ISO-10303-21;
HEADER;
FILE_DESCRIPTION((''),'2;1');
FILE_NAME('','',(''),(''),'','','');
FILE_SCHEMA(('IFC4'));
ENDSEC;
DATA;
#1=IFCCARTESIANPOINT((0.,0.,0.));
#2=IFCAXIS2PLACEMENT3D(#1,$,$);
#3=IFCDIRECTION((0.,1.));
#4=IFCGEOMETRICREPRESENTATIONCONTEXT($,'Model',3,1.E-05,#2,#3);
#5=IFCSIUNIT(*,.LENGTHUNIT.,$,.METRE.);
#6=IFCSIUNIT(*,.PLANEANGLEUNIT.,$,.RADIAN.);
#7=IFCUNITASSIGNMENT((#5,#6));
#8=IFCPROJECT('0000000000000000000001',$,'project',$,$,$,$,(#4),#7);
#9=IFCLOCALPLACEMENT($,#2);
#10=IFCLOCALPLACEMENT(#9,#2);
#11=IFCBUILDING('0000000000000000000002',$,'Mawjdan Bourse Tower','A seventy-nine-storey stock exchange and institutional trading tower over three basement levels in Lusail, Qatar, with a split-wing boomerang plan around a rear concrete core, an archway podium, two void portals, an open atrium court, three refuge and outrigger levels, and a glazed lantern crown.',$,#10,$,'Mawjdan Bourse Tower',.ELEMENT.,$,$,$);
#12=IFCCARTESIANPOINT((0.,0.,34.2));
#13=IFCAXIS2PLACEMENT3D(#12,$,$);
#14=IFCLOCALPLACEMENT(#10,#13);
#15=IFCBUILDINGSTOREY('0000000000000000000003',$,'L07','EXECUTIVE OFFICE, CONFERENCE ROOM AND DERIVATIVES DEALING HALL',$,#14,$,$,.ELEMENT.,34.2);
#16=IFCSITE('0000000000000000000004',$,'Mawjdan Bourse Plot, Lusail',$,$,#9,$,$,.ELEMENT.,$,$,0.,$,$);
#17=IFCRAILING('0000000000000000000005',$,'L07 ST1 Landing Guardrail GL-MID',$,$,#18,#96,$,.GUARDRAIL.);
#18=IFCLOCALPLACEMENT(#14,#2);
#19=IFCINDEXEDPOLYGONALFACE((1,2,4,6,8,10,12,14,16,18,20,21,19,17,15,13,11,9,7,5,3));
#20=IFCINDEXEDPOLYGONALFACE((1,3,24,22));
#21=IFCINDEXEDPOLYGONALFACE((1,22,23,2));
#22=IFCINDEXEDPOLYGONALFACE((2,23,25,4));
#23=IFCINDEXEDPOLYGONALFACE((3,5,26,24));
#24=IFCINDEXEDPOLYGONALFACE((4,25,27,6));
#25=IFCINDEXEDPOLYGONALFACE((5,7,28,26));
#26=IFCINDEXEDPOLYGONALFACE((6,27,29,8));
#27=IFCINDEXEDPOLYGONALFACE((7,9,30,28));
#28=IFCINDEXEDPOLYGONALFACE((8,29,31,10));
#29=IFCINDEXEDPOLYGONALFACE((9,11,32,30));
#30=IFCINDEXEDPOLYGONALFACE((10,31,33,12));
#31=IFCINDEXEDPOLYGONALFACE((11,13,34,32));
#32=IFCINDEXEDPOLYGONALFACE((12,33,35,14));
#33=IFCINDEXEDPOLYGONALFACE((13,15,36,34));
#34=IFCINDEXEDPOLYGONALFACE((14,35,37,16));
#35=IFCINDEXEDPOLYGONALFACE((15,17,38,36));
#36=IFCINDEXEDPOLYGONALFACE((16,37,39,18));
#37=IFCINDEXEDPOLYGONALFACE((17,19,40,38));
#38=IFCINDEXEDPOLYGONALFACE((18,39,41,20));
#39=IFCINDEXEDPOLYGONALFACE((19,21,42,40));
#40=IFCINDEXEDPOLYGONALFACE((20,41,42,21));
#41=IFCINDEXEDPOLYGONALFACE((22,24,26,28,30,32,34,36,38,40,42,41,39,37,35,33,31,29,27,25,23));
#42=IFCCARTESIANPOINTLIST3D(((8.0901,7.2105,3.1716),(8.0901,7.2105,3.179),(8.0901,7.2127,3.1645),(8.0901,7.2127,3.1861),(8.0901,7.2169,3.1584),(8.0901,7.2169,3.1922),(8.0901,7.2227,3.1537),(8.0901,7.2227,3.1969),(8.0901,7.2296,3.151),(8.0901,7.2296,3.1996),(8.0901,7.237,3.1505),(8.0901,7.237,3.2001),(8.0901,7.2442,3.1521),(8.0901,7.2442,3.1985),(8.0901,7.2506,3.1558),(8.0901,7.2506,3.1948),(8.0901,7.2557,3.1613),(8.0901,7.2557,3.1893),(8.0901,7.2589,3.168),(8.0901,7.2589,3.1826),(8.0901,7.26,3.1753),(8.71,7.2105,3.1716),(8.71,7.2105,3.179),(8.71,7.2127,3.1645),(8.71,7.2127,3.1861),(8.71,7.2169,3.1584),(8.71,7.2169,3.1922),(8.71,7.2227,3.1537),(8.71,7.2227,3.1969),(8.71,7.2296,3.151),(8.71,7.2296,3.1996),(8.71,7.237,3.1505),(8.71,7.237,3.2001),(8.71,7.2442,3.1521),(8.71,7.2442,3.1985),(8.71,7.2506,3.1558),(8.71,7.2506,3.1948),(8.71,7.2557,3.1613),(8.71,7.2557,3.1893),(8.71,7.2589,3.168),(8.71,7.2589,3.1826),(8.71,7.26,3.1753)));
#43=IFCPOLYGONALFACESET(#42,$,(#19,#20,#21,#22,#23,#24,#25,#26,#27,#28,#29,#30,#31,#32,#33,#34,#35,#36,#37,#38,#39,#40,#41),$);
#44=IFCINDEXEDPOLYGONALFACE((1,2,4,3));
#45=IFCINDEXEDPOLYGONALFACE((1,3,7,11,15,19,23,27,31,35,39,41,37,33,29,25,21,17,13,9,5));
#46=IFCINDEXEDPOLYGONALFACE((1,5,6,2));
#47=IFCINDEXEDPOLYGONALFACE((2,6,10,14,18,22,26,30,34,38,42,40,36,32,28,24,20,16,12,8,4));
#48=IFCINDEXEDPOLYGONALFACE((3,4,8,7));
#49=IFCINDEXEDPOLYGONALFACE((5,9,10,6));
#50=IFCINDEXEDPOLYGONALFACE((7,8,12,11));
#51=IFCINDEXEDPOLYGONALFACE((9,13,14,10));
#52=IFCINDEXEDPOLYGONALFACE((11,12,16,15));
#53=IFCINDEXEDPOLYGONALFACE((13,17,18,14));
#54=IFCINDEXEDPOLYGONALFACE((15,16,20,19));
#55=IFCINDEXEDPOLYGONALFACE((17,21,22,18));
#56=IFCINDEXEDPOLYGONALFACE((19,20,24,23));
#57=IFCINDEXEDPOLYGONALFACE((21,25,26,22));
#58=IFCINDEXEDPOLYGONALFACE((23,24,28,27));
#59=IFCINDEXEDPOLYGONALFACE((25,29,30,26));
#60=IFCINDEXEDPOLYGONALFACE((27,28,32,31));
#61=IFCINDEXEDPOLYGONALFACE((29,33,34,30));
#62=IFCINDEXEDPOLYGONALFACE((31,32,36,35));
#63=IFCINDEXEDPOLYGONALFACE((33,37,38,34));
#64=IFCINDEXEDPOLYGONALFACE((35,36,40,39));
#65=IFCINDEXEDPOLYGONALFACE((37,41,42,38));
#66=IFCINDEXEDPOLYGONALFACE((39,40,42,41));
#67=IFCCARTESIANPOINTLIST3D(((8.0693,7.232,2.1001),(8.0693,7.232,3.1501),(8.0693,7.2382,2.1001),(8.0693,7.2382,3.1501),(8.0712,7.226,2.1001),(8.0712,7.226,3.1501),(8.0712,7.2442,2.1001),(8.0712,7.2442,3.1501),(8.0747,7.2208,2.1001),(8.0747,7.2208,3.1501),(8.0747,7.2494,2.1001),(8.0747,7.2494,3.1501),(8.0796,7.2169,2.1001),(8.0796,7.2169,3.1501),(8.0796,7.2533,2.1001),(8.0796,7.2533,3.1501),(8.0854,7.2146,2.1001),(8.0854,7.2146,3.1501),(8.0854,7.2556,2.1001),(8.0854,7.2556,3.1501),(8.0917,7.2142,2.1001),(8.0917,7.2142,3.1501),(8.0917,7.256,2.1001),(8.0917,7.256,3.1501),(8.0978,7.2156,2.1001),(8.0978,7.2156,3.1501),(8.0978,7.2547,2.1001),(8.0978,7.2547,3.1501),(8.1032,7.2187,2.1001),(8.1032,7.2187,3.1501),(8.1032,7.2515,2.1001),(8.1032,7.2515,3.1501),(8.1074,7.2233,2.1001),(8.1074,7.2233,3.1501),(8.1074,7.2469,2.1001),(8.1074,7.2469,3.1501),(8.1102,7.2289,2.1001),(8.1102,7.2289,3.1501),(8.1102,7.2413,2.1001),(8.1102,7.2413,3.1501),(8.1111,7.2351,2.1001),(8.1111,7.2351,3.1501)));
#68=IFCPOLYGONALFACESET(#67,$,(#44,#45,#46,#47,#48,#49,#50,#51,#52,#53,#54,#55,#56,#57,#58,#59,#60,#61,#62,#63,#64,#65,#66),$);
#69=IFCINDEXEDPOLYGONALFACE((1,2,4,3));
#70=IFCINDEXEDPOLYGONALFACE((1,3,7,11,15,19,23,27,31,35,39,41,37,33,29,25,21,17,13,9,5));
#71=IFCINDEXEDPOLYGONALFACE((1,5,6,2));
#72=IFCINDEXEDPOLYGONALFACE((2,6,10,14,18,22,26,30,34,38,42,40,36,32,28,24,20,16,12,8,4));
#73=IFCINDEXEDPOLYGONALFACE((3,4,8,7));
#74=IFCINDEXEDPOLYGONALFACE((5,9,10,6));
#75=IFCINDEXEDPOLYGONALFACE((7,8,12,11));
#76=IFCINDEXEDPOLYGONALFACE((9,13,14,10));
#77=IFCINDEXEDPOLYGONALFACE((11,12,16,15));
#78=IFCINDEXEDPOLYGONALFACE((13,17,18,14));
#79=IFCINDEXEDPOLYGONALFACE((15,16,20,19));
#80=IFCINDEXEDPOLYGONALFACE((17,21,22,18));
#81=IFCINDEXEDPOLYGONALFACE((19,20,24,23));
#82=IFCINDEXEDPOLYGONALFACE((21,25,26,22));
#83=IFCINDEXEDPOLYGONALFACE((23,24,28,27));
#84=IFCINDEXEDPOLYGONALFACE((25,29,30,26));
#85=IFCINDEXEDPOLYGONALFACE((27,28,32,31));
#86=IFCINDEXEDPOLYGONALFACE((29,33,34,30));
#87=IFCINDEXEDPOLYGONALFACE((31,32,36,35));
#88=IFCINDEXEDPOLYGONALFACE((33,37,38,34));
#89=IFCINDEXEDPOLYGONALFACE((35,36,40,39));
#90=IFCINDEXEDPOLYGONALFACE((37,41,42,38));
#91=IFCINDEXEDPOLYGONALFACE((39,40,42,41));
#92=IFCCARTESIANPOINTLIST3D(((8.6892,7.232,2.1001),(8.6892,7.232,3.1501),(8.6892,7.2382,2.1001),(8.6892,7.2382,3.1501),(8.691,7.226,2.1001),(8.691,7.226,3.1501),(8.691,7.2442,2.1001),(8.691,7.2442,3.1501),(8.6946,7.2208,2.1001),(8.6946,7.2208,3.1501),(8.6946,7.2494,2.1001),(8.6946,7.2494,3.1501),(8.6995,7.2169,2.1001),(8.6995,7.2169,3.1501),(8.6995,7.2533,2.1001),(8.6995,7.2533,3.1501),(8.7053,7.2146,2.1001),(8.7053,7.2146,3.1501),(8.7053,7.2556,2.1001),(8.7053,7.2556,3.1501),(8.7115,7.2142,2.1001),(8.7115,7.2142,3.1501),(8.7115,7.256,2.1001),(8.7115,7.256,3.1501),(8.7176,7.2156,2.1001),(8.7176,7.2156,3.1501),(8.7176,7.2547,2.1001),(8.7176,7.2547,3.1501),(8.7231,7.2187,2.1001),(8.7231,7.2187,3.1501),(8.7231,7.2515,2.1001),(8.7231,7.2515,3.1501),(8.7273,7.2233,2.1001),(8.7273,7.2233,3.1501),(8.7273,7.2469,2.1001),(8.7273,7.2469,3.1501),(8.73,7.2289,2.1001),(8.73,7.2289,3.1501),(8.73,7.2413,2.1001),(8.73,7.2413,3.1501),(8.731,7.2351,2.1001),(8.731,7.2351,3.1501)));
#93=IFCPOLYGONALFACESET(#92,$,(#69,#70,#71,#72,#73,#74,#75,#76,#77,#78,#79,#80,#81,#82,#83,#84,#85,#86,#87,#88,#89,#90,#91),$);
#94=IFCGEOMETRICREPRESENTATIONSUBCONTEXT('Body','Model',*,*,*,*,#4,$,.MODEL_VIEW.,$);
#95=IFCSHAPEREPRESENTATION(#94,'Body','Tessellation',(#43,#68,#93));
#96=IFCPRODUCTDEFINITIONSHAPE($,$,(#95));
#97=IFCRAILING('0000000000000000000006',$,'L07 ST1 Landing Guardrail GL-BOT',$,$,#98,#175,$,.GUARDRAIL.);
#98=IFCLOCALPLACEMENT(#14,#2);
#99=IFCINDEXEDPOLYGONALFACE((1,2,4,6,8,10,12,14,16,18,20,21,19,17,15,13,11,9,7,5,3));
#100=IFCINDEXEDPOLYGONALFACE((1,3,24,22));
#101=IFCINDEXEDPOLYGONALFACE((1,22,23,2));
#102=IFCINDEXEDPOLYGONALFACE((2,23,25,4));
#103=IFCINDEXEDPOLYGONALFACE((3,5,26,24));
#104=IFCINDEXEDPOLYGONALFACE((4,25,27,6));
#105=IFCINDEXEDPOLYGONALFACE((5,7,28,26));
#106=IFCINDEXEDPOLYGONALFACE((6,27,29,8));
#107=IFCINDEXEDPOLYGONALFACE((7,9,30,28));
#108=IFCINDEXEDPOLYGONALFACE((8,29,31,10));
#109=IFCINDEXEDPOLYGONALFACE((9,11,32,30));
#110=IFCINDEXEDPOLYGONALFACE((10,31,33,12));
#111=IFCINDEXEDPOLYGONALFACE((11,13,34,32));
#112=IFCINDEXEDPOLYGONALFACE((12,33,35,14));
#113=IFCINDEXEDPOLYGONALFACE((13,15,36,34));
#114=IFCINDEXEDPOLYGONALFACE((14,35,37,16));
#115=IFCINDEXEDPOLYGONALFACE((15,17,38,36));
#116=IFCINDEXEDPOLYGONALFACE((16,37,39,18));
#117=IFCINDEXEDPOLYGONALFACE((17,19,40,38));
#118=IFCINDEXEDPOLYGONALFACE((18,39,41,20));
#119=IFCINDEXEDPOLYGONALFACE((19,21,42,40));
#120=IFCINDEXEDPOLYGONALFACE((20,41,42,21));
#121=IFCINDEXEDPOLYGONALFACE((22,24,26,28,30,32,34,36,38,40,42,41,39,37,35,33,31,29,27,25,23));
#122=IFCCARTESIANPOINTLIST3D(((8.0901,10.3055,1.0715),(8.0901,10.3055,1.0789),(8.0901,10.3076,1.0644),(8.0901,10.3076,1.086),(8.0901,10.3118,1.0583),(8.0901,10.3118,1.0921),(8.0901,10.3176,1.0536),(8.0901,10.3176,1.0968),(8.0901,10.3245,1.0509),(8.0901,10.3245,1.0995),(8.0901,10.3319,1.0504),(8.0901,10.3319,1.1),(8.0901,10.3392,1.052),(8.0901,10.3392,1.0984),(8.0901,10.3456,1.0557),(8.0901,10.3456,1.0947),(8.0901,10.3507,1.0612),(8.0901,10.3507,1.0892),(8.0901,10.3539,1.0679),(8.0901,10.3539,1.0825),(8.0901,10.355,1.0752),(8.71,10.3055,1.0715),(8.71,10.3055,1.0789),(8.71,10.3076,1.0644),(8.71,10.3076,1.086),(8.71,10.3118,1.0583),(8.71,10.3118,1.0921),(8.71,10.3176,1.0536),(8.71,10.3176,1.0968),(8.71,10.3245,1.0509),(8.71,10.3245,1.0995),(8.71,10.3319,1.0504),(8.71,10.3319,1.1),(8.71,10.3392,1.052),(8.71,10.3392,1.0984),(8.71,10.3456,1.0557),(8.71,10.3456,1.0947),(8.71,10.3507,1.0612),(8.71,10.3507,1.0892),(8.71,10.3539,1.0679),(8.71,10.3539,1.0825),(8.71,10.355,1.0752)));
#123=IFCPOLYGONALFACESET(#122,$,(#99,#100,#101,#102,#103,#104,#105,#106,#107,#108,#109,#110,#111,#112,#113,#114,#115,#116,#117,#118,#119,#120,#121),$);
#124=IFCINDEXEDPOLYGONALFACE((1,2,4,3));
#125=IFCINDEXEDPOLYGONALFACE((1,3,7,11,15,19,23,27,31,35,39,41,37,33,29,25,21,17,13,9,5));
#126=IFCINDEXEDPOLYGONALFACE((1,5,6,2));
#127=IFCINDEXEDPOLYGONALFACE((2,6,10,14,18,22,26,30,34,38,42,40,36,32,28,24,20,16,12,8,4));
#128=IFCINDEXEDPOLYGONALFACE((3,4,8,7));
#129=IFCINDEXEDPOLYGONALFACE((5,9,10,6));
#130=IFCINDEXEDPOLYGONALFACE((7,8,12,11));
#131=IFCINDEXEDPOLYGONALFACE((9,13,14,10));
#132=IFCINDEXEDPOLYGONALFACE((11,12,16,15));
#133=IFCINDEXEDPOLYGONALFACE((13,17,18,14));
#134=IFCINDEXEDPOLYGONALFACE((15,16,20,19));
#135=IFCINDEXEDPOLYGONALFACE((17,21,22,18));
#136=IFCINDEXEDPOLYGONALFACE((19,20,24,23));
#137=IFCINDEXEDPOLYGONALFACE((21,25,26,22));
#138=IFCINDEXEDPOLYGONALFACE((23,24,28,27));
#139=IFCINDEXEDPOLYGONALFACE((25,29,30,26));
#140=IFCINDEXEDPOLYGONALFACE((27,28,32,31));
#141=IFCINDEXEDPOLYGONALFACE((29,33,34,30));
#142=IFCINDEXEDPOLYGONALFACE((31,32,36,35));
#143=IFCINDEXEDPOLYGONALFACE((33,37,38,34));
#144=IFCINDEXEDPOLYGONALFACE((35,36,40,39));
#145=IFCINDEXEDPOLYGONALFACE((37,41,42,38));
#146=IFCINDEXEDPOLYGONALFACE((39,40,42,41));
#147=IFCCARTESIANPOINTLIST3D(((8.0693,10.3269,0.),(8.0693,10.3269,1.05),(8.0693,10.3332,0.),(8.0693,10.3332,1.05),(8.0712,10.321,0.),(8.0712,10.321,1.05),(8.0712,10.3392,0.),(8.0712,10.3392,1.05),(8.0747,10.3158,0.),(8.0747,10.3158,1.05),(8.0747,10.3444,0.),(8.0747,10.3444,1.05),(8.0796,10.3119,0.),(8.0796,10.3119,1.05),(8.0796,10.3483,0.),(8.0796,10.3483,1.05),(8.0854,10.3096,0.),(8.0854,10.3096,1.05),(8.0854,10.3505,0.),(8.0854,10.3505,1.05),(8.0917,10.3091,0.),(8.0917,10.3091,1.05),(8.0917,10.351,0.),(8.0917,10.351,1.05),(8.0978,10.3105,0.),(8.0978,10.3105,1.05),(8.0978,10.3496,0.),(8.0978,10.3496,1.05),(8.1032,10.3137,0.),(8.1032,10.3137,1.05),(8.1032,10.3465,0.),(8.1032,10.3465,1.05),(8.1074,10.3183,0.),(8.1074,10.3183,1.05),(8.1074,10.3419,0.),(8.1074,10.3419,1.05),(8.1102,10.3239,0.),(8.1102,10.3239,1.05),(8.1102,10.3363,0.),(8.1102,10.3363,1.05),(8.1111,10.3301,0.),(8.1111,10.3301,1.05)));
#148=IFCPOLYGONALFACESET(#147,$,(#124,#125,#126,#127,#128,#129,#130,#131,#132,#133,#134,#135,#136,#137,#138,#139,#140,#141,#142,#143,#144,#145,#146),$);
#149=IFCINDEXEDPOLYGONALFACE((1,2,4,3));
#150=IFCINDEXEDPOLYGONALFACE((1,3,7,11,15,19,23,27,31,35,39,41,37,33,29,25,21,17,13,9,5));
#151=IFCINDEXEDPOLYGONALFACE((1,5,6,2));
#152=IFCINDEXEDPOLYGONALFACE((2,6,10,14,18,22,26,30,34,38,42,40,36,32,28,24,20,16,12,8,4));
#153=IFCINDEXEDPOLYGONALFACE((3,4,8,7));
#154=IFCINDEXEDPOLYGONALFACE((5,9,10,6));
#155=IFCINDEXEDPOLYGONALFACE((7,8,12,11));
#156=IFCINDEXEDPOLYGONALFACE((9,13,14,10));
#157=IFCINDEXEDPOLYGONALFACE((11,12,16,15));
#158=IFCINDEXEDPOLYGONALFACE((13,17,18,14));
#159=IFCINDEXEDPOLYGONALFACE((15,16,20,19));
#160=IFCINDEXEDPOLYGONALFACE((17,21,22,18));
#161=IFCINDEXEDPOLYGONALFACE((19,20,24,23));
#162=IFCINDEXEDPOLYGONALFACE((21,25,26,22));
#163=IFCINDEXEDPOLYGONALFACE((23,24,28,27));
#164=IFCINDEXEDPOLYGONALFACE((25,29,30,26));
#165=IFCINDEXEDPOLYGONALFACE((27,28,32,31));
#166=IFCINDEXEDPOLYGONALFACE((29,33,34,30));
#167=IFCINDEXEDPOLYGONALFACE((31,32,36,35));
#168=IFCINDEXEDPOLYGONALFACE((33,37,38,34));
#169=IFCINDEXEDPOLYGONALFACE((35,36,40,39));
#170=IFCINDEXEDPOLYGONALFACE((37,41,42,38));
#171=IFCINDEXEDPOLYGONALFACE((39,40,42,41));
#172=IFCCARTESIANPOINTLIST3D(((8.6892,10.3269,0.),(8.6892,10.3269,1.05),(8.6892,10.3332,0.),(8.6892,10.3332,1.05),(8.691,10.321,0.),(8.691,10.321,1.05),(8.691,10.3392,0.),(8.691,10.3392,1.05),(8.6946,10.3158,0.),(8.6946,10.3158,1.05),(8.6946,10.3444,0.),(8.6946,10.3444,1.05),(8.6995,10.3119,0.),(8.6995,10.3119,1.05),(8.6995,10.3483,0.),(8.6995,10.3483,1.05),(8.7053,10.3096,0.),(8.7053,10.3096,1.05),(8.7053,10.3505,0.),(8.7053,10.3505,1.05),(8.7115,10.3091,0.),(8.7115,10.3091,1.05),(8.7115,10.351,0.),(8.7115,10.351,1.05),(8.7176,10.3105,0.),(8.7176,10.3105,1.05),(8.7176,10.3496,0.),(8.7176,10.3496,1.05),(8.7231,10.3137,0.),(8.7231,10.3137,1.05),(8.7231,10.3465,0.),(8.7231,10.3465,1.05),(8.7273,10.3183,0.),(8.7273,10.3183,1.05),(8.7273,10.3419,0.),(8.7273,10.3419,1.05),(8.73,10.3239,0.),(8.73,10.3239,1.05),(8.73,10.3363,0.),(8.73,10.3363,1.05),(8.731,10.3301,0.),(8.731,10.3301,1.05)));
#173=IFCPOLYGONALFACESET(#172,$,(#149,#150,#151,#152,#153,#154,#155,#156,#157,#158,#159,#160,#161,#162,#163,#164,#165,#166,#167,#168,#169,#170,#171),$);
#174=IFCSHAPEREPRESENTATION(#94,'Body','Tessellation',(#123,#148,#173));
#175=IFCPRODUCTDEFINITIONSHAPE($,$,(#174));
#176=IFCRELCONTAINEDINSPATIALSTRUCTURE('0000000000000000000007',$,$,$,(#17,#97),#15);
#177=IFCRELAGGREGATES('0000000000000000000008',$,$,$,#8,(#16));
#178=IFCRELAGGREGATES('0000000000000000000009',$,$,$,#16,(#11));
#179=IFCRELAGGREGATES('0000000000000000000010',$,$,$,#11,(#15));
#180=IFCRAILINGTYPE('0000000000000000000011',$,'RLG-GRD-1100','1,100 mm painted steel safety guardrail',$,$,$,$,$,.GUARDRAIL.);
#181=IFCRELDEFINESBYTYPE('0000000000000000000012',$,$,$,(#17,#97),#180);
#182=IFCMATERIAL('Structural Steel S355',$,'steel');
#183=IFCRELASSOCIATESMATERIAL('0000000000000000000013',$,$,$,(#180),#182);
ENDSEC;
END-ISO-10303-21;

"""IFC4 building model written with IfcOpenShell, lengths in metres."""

from ifc_helpers import new_model, si_unit, direction, frame, origin, origin_2d, place, context, subcontext, project, spatial, circle, extrude, material, type_object, element, save


model = new_model("IFC4")

# Units and contexts
model_context = context("Model", 3, precision=1e-05, world=origin(), true_north=direction((0.0, 1.0)))
body_context = subcontext(model_context, "Body", "Model", "MODEL_VIEW")
ifc_project = project(units=[si_unit("LENGTHUNIT", "METRE"), si_unit("PLANEANGLEUNIT", "RADIAN")], contexts=[model_context])

# Site, building, storey
site_placement = place(None, origin())
site = spatial("IfcSite", under=ifc_project, at=site_placement, Name="Mawjdan Bourse Plot, Lusail", CompositionType="ELEMENT", RefElevation=0.0)
building_placement = place(site_placement, origin())
building = spatial("IfcBuilding", under=site, at=building_placement, Name="Mawjdan Bourse Tower", Description="A seventy-nine-storey stock exchange and institutional trading tower over three basement levels in Lusail, Qatar, with a split-wing boomerang plan around a rear concrete core, an archway podium, two void portals, an open atrium court, three refuge and outrigger levels, and a glazed lantern crown.", LongName="Mawjdan Bourse Tower", CompositionType="ELEMENT")
storey_placement = place(building_placement, frame((0.0, 0.0, 34.2)))
storey = spatial("IfcBuildingStorey", under=building, at=storey_placement, Name="L07", Description="EXECUTIVE OFFICE, CONFERENCE ROOM AND DERIVATIVES DEALING HALL", CompositionType="ELEMENT", Elevation=34.2)

# Railings
ifc_material_1 = material(Name="Structural Steel S355", Category="steel")
railing_type_1 = type_object("IfcRailingType", Name="RLG-GRD-1100", Description="1,100 mm painted steel safety guardrail", PredefinedType="GUARDRAIL", material=ifc_material_1)
for number, where, name in (
    (1, (8.0901, 7.2351, 2.1001), "L07 ST1 Landing Guardrail GL-MID"),
    (2, (8.0901, 10.3301, 0.0), "L07 ST1 Landing Guardrail GL-BOT"),
):
    element("IfcRailing", number, at=place(storey_placement, frame(where)), inside=storey, type_object=railing_type_1, Name=name, PredefinedType="GUARDRAIL", context=body_context, shape_type="SweptSolid", body=[
        extrude(circle(Radius=0.0249, at=origin_2d()), frame((0.0, 0.0, 1.0752), z_axis=(1.0, 0.0, 0.0), x_axis=(0.0, 1.0, 0.0)), (0.0, 0.0, 1.0), 0.6199),
        extrude(circle(Radius=0.021, at=origin_2d()), origin(), (0.0, 0.0, 1.0), 1.05),
        extrude(circle(Radius=0.021, at=origin_2d()), frame((0.6199, 0.0, 0.0)), (0.0, 0.0, 1.0), 1.05),
    ])

save(model, "model.ifc")
